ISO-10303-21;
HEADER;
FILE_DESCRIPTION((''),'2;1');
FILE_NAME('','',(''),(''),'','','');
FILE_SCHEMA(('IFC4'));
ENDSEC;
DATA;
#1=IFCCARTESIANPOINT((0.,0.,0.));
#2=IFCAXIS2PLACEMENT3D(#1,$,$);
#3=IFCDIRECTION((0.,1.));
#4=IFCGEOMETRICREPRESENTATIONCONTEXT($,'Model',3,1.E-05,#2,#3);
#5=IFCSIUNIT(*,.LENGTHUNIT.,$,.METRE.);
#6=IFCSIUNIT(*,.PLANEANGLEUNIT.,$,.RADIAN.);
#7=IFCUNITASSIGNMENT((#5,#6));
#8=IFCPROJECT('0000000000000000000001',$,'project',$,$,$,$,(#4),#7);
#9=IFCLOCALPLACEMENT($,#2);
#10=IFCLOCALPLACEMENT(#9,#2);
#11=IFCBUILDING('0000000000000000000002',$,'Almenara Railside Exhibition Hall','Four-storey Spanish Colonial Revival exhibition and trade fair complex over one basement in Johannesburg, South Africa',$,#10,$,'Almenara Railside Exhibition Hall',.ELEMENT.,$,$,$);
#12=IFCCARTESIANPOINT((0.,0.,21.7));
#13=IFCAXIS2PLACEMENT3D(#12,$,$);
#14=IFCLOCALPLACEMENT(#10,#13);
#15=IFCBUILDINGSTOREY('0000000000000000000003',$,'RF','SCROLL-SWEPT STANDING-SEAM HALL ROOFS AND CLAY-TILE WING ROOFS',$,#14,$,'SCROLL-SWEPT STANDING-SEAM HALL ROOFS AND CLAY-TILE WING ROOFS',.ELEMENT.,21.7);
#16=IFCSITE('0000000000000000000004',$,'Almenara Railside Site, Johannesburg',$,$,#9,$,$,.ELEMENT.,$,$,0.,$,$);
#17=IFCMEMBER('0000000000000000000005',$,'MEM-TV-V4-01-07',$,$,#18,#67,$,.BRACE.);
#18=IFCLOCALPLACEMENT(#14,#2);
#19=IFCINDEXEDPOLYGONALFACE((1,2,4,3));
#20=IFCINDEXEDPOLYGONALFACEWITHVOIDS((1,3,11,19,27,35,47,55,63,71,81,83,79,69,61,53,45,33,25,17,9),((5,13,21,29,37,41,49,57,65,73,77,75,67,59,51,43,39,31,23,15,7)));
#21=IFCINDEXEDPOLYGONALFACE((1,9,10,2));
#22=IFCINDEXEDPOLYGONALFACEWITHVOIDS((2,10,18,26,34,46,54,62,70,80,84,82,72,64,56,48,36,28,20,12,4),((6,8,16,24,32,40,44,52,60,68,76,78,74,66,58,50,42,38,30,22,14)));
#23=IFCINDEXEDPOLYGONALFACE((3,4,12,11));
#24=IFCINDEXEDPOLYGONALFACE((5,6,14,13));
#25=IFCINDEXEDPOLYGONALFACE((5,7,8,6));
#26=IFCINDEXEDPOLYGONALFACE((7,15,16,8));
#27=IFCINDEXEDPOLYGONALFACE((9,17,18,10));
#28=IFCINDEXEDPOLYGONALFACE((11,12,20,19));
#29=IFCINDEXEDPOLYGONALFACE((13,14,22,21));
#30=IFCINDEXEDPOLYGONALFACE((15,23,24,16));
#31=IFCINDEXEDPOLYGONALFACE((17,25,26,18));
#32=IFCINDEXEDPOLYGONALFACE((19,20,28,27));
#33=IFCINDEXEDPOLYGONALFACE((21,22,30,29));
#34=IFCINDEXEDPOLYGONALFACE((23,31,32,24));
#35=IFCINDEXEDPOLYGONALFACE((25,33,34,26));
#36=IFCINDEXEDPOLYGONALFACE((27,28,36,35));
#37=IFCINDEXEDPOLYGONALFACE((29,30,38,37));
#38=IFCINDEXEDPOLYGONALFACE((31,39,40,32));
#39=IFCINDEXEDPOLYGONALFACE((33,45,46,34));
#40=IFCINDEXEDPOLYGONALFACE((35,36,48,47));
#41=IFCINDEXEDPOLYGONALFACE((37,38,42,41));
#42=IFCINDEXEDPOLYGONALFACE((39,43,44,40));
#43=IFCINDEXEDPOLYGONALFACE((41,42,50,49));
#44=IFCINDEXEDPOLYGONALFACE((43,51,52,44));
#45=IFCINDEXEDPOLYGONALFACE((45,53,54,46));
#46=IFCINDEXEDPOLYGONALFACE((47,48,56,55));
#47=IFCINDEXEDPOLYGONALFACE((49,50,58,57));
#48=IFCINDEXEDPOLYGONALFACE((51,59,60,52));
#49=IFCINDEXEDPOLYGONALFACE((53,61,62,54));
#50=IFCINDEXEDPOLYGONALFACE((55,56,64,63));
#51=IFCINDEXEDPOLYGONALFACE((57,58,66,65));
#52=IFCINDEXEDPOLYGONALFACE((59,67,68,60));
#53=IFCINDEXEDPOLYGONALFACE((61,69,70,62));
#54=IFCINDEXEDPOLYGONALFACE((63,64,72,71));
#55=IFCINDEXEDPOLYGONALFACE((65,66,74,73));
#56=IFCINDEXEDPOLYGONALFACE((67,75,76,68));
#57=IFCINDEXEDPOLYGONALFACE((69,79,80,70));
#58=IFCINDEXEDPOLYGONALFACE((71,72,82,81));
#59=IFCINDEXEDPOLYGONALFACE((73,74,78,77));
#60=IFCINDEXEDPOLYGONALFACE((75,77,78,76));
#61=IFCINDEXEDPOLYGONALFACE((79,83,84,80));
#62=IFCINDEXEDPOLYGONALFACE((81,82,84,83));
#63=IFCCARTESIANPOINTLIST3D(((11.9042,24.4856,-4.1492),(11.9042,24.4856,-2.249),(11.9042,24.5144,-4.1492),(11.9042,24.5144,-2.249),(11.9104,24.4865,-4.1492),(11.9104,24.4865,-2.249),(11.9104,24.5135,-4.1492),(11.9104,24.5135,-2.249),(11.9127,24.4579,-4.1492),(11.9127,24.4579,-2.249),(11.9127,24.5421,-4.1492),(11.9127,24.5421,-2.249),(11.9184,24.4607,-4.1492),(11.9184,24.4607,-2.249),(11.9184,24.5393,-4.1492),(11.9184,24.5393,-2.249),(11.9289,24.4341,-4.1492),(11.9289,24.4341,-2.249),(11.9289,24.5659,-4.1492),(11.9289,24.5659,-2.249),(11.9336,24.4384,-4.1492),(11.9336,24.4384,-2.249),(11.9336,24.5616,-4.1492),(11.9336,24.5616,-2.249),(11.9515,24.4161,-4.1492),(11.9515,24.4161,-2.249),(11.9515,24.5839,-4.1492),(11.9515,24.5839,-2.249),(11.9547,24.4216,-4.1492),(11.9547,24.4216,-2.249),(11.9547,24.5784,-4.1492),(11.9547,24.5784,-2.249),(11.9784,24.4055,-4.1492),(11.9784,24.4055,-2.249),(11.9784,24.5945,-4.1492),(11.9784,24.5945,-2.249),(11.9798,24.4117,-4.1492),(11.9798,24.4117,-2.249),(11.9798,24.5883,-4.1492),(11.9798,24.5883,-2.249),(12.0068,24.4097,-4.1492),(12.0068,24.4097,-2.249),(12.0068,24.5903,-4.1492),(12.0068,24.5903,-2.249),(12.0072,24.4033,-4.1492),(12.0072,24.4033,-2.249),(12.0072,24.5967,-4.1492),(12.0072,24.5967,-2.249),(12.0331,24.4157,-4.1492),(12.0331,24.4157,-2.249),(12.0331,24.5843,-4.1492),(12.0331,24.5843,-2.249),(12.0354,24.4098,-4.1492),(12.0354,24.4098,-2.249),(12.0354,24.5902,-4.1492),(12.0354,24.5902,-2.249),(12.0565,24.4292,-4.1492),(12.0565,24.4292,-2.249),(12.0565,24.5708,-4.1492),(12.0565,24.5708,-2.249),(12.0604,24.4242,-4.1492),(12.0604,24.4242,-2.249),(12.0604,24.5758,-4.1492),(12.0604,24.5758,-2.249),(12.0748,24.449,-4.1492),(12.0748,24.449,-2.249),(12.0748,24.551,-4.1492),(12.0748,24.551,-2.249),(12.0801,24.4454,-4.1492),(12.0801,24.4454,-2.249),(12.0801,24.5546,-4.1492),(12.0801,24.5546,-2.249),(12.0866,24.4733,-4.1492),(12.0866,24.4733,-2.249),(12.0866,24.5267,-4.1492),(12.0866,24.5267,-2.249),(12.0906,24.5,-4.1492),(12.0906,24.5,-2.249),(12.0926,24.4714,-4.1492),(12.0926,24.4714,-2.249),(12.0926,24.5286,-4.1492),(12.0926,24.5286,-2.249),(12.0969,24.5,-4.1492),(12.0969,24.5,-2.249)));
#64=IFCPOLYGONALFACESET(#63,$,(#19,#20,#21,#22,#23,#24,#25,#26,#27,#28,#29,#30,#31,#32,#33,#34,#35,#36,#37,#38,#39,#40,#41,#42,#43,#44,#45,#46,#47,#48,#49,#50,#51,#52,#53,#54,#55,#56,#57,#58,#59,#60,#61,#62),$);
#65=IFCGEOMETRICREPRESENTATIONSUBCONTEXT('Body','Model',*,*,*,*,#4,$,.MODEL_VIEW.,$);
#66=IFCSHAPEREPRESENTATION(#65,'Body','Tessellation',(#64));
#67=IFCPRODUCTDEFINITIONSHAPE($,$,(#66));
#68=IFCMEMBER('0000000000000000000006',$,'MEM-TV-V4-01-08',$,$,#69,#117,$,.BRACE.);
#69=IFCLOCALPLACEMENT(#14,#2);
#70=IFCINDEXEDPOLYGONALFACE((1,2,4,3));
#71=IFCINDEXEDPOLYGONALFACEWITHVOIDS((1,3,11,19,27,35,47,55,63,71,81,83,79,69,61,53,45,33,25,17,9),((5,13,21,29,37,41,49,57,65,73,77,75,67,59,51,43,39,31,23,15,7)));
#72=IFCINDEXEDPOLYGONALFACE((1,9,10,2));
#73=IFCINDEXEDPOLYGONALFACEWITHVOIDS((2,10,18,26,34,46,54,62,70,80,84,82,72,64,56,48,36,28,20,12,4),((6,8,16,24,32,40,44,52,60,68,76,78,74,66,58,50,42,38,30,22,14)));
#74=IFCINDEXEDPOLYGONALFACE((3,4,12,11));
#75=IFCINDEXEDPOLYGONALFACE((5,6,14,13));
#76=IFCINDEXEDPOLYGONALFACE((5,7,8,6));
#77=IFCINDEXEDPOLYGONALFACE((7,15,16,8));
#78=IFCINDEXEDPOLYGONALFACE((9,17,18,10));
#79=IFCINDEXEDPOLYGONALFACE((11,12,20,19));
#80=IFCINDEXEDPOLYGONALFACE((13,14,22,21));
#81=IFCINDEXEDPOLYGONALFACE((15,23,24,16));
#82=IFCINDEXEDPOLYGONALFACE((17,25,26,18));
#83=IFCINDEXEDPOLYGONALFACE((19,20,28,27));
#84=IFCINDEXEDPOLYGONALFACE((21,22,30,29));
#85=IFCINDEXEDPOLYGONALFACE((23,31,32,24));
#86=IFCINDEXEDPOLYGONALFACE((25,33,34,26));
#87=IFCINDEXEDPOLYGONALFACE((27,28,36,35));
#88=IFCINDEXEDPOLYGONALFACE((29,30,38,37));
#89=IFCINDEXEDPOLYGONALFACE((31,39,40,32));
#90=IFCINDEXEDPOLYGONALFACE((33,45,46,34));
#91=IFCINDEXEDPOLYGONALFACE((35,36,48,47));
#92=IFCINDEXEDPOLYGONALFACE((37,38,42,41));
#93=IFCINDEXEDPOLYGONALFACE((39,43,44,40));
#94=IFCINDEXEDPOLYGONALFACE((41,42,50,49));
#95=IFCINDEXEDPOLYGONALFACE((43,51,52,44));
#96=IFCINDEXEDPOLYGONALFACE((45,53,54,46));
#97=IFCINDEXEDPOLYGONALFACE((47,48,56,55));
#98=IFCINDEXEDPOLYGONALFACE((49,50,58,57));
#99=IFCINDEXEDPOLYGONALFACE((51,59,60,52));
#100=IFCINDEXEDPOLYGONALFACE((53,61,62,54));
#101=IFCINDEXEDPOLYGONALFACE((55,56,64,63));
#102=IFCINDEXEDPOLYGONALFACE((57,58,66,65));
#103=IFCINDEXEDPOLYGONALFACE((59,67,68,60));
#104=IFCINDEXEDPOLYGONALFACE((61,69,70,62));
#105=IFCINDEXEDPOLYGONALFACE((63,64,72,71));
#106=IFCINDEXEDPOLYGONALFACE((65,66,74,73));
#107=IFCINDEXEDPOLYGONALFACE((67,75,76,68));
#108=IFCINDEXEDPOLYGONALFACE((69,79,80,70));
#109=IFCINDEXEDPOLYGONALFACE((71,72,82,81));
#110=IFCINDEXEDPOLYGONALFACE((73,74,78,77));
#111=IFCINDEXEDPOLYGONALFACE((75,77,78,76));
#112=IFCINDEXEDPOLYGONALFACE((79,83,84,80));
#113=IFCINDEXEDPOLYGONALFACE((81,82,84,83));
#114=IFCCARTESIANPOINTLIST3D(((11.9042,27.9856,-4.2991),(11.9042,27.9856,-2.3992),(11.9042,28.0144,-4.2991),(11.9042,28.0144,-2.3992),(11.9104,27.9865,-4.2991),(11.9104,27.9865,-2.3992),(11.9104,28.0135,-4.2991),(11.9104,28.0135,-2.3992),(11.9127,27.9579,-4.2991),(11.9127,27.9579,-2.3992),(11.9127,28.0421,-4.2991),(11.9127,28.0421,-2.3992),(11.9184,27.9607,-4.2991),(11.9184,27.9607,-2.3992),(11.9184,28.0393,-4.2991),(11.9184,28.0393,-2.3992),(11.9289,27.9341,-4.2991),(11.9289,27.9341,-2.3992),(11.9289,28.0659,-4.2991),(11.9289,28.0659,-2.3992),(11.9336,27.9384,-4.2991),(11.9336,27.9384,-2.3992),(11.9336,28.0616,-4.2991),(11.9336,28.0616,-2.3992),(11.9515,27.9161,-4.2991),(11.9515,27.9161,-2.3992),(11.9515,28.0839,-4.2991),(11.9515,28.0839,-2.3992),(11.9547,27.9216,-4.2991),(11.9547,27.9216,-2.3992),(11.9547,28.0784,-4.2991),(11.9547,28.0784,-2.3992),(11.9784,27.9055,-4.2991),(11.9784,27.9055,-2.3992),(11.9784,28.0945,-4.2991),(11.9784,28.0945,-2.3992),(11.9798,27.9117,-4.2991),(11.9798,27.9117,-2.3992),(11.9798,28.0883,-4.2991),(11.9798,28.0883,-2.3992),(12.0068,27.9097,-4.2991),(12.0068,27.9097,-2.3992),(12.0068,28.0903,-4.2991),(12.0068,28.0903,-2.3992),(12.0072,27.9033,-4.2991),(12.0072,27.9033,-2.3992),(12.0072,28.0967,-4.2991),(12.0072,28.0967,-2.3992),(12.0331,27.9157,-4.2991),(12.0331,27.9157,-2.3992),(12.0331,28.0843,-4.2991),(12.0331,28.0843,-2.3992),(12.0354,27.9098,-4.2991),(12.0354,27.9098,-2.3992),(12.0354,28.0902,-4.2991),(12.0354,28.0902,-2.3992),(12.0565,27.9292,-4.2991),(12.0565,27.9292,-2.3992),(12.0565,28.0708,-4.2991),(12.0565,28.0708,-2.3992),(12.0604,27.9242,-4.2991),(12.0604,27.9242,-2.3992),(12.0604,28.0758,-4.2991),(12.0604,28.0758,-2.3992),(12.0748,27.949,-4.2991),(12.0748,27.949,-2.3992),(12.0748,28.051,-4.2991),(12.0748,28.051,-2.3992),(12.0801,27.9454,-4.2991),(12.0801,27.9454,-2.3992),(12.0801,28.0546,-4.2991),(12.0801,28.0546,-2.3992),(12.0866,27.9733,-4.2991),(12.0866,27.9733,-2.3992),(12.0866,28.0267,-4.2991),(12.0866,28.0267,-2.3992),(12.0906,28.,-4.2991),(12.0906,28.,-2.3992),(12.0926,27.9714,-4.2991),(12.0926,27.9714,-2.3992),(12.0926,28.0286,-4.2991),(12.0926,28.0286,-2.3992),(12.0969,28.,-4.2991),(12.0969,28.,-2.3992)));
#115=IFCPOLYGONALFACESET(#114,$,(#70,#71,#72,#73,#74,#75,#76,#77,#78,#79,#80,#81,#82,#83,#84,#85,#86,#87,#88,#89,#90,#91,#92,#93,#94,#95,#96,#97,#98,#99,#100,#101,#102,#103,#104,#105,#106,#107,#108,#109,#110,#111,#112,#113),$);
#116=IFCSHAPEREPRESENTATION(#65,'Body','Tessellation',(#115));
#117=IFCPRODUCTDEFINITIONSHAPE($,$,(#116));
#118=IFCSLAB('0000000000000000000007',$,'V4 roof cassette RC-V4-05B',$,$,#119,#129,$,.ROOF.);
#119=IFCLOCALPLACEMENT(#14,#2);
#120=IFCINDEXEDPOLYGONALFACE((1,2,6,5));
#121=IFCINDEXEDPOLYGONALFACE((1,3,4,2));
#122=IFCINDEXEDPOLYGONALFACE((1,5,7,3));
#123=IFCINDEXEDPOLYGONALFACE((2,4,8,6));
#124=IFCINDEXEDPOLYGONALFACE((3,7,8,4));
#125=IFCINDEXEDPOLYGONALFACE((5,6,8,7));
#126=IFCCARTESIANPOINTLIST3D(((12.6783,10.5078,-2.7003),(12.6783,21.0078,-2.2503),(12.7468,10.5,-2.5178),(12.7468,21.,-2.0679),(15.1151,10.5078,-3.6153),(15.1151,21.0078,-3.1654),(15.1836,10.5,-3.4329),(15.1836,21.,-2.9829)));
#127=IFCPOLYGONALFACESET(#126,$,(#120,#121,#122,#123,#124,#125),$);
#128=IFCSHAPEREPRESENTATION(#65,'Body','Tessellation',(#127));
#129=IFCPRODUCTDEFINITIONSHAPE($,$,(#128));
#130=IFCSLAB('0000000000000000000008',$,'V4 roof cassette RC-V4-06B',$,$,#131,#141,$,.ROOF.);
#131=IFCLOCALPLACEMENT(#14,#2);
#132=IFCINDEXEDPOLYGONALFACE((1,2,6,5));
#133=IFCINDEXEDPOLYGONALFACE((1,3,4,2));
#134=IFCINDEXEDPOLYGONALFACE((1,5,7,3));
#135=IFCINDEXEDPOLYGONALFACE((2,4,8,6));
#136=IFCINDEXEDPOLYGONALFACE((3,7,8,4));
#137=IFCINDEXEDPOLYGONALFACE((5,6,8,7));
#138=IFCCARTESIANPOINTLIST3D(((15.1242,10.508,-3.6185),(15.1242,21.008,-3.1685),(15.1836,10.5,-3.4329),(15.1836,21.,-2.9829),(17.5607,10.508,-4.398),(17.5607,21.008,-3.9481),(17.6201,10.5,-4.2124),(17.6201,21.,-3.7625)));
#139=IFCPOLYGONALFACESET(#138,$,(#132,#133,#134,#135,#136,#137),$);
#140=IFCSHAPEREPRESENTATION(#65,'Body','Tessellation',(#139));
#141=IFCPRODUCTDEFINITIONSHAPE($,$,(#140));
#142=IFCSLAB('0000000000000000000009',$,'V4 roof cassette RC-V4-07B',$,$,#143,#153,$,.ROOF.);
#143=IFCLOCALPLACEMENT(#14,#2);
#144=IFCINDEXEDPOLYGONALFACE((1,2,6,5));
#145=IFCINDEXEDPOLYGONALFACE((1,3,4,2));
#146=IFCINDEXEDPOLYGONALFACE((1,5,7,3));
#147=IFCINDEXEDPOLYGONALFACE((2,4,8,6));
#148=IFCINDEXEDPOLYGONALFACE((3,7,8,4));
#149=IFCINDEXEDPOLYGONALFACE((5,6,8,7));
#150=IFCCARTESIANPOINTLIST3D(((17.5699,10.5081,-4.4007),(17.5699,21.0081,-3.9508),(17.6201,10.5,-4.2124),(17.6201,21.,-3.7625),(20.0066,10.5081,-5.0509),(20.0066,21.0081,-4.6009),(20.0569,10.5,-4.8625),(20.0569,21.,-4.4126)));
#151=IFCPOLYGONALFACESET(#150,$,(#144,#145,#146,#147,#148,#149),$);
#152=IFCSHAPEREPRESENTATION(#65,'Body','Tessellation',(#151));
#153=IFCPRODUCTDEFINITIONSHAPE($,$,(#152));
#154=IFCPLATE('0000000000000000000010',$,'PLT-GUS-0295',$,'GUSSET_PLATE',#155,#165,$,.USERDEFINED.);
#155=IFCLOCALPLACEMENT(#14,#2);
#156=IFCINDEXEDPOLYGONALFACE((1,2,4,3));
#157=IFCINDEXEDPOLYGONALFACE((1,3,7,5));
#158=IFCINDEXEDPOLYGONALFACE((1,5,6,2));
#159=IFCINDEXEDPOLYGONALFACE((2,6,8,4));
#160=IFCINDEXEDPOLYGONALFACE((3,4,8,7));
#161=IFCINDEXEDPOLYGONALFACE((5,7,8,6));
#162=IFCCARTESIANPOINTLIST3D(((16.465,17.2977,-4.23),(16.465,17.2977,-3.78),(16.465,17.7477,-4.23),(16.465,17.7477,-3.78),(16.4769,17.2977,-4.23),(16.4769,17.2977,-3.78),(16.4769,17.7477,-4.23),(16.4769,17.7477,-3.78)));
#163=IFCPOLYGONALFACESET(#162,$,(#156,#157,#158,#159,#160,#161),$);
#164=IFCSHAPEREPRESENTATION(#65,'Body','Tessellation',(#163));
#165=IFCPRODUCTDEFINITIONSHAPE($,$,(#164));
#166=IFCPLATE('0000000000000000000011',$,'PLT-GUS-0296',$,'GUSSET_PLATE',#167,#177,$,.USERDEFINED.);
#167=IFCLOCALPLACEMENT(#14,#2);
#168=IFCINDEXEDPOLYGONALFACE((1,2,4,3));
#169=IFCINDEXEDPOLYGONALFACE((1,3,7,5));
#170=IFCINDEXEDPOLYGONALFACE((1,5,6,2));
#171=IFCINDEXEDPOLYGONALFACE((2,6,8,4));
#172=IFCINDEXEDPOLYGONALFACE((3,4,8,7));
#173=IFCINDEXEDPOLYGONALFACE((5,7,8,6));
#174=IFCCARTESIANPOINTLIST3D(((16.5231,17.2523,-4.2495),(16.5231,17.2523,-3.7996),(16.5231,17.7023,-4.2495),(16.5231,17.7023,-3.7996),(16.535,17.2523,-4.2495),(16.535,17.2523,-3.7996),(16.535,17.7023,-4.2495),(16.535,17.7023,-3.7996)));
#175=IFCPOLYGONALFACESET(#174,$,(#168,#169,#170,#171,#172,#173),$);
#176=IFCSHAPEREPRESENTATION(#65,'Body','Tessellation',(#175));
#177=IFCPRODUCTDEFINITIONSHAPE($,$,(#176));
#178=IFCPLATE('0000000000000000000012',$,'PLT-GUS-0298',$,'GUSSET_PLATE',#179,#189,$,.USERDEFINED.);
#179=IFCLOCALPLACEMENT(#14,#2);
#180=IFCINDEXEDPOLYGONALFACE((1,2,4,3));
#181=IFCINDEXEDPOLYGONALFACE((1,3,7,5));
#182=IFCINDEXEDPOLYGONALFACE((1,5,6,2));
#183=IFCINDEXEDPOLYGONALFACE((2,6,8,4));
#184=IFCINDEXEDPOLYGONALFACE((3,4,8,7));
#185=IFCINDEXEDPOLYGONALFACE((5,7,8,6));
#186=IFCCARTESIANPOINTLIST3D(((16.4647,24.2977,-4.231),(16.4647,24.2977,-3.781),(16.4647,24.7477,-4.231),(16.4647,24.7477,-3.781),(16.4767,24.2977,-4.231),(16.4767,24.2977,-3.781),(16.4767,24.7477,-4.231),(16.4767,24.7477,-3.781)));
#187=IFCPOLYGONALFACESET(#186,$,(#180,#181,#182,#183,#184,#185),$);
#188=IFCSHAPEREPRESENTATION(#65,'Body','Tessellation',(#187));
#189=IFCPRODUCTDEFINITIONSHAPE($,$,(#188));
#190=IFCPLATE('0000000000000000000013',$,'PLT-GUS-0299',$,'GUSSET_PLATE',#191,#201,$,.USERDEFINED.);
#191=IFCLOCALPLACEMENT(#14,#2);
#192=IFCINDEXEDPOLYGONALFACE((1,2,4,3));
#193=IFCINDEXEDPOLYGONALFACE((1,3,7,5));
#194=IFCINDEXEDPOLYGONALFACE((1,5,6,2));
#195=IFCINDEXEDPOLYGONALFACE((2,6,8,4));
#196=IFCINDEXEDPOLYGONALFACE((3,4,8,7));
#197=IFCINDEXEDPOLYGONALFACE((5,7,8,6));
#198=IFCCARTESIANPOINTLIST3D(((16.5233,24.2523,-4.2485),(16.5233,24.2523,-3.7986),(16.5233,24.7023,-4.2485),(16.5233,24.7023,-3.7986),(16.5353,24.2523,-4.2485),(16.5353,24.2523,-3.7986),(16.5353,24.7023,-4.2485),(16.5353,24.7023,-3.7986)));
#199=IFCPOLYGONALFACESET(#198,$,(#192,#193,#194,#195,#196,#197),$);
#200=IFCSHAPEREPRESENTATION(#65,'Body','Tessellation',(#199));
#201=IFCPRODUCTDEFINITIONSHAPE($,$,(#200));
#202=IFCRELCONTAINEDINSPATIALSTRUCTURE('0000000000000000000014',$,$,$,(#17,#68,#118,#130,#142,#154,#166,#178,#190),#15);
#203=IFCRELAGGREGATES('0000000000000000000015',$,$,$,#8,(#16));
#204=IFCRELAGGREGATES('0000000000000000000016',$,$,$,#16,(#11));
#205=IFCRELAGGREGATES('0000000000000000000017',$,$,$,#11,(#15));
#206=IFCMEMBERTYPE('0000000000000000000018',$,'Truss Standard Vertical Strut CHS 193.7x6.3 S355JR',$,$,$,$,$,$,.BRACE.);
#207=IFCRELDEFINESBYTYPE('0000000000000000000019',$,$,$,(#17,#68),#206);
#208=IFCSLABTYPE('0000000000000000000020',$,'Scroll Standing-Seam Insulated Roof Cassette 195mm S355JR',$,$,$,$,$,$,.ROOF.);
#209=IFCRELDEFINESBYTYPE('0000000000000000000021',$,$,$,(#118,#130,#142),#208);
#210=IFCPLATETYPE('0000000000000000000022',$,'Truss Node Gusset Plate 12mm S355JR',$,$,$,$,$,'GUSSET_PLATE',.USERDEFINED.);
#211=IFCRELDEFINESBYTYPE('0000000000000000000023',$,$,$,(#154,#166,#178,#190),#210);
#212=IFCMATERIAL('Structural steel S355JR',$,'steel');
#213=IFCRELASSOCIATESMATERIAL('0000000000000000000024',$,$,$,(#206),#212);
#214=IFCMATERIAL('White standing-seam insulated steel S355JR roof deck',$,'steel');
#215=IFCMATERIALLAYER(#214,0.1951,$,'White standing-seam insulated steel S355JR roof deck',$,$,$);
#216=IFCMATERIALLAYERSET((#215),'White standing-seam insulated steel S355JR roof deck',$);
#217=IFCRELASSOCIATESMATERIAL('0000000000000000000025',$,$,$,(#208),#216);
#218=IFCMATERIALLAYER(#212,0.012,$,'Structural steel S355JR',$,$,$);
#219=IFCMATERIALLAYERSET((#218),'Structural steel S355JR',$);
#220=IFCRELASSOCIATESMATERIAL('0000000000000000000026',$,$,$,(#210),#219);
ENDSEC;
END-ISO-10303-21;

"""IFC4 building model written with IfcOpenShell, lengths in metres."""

from ifc_helpers import new_model, si_unit, direction, frame, origin, origin_2d, place, context, subcontext, project, spatial, polyline, rectangle, hollow_circle, outline, extrude, material, layer, layer_set, material_profile, profile_set, type_object, element, save


model = new_model("IFC4")

# Units and contexts
model_context = context("Model", 3, precision=1e-05, world=origin(), true_north=direction((0.0, 1.0)))
body_context = subcontext(model_context, "Body", "Model", "MODEL_VIEW")
ifc_project = project(units=[si_unit("LENGTHUNIT", "METRE"), si_unit("PLANEANGLEUNIT", "RADIAN")], contexts=[model_context])

# Site, building, storey
site_placement = place(None, origin())
site = spatial("IfcSite", under=ifc_project, at=site_placement, Name="Almenara Railside Site, Johannesburg", CompositionType="ELEMENT", RefElevation=0.0)
building_placement = place(site_placement, origin())
building = spatial("IfcBuilding", under=site, at=building_placement, Name="Almenara Railside Exhibition Hall", Description="Four-storey Spanish Colonial Revival exhibition and trade fair complex over one basement in Johannesburg, South Africa", LongName="Almenara Railside Exhibition Hall", CompositionType="ELEMENT")
storey_placement = place(building_placement, frame((0.0, 0.0, 21.7)))
storey = spatial("IfcBuildingStorey", under=building, at=storey_placement, Name="RF", Description="SCROLL-SWEPT STANDING-SEAM HALL ROOFS AND CLAY-TILE WING ROOFS", LongName="SCROLL-SWEPT STANDING-SEAM HALL ROOFS AND CLAY-TILE WING ROOFS", CompositionType="ELEMENT", Elevation=21.7)

# Members
ifc_material_1 = material(Name="Structural steel S355JR", Category="steel")
ifc_material_profile_1 = material_profile(ifc_material_1, hollow_circle(Radius=0.0969, WallThickness=0.0063, at=origin_2d()), Name="CHS 193.7x6.3")
ifc_profile_set_1 = profile_set([ifc_material_profile_1], Name="Structural steel S355JR")
member_type_1 = type_object("IfcMemberType", Name="Truss Standard Vertical Strut CHS 193.7x6.3 S355JR", PredefinedType="BRACE", material=ifc_profile_set_1)
member_1_placement = place(storey_placement, frame((12.0, 24.5, -4.1492), z_axis=(0.0, 0.0, 1.0), x_axis=(1.0, 0.0, 0.0)))
element("IfcMember", 1, at=member_1_placement, inside=storey, type_object=member_type_1, Name="MEM-TV-V4-01-07", PredefinedType="BRACE", context=body_context, shape_type="SweptSolid", body=[
    extrude(hollow_circle(Radius=0.0969, WallThickness=0.0063, at=origin_2d()), origin(), (0.0, 0.0, 1.0), 1.9001),
])
member_2_placement = place(storey_placement, frame((12.0, 28.0, -4.2991), z_axis=(0.0, 0.0, 1.0), x_axis=(1.0, 0.0, 0.0)))
element("IfcMember", 2, at=member_2_placement, inside=storey, type_object=member_type_1, Name="MEM-TV-V4-01-08", PredefinedType="BRACE", context=body_context, shape_type="SweptSolid", body=[
    extrude(hollow_circle(Radius=0.0969, WallThickness=0.0063, at=origin_2d()), origin(), (0.0, 0.0, 1.0), 1.8999),
])

# Slabs
ifc_material_2 = material(Name="White standing-seam insulated steel S355JR roof deck", Category="steel")
ifc_layer_1 = layer(ifc_material_2, 0.1951, Name="White standing-seam insulated steel S355JR roof deck")
ifc_layer_set_1 = layer_set([ifc_layer_1], Name="White standing-seam insulated steel S355JR roof deck")
slab_type = type_object("IfcSlabType", Name="Scroll Standing-Seam Insulated Roof Cassette 195mm S355JR", PredefinedType="ROOF", material=ifc_layer_set_1)
slab_1_placement = place(storey_placement, frame((12.7468, 21.0, -2.0679), z_axis=(0.351262, -0.040085, 0.935419), x_axis=(0.936171, 0.0, -0.351545)))
element("IfcSlab", 3, at=slab_1_placement, inside=storey, type_object=slab_type, Name="V4 roof cassette RC-V4-05B", PredefinedType="ROOF", context=body_context, shape_type="SweptSolid", body=[
    extrude(outline(polyline([(0.0, 0.0), (2.6029, 0.0), (2.7611, -10.5084), (0.1582, -10.5084), (0.0, 0.0)])), origin(), (0.0, 0.0, -1.0), 0.1951),
])
slab_2_placement = place(storey_placement, frame((15.1836, 21.0, -2.9829), z_axis=(0.30447, -0.040781, 0.951648), x_axis=(0.952441, 0.0, -0.304724)))
element("IfcSlab", 4, at=slab_2_placement, inside=storey, type_object=slab_type, Name="V4 roof cassette RC-V4-06B", PredefinedType="ROOF", context=body_context, shape_type="SweptSolid", body=[
    extrude(outline(polyline([(0.0, 0.0), (2.5582, 0.0), (2.6953, -10.5087), (0.1371, -10.5087), (0.0, 0.0)])), origin(), (0.0, 0.0, -1.0), 0.1951),
])
slab_3_placement = place(storey_placement, frame((17.6201, 21.0, -3.7625), z_axis=(0.257568, -0.041369, 0.965374), x_axis=(0.966201, 0.0, -0.257789)))
element("IfcSlab", 5, at=slab_3_placement, inside=storey, type_object=slab_type, Name="V4 roof cassette RC-V4-07B", PredefinedType="ROOF", context=body_context, shape_type="SweptSolid", body=[
    extrude(outline(polyline([(0.0, 0.0), (2.522, 0.0), (2.638, -10.509), (0.116, -10.509), (0.0, 0.0)])), origin(), (0.0, 0.0, -1.0), 0.1951),
])

# Plates
ifc_layer_2 = layer(ifc_material_1, 0.012, Name="Structural steel S355JR")
ifc_layer_set_2 = layer_set([ifc_layer_2], Name="Structural steel S355JR")
plate_type_1 = type_object("IfcPlateType", Name="Truss Node Gusset Plate 12mm S355JR", ElementType="GUSSET_PLATE", PredefinedType="USERDEFINED", material=ifc_layer_set_2)
for number, where, z_axis, x_axis, name in (
    (6, (16.4709, 17.5227, -4.23), (0.0, 0.0, 1.0), (0.0, 1.0, 0.0), "PLT-GUS-0295"),
    (7, (16.5291, 17.4773, -4.2495), (0.0, 0.0, 1.0), (0.0, 1.0, 0.0), "PLT-GUS-0296"),
    (8, (16.4707, 24.5227, -4.231), (0.0, 0.0, 1.0), (0.0, 1.0, 0.0), "PLT-GUS-0298"),
    (9, (16.5293, 24.4773, -4.2485), (0.0, 0.0, 1.0), (0.0, 1.0, 0.0), "PLT-GUS-0299"),
):
    element("IfcPlate", number, at=place(storey_placement, frame(where, z_axis=z_axis, x_axis=x_axis)), inside=storey, type_object=plate_type_1, Name=name, ObjectType="GUSSET_PLATE", PredefinedType="USERDEFINED", context=body_context, shape_type="SweptSolid", body=[
        extrude(rectangle(XDim=0.45, YDim=0.012, at=origin_2d()), origin(), (0.0, 0.0, 1.0), 0.45),
    ])

save(model, "model.ifc")
